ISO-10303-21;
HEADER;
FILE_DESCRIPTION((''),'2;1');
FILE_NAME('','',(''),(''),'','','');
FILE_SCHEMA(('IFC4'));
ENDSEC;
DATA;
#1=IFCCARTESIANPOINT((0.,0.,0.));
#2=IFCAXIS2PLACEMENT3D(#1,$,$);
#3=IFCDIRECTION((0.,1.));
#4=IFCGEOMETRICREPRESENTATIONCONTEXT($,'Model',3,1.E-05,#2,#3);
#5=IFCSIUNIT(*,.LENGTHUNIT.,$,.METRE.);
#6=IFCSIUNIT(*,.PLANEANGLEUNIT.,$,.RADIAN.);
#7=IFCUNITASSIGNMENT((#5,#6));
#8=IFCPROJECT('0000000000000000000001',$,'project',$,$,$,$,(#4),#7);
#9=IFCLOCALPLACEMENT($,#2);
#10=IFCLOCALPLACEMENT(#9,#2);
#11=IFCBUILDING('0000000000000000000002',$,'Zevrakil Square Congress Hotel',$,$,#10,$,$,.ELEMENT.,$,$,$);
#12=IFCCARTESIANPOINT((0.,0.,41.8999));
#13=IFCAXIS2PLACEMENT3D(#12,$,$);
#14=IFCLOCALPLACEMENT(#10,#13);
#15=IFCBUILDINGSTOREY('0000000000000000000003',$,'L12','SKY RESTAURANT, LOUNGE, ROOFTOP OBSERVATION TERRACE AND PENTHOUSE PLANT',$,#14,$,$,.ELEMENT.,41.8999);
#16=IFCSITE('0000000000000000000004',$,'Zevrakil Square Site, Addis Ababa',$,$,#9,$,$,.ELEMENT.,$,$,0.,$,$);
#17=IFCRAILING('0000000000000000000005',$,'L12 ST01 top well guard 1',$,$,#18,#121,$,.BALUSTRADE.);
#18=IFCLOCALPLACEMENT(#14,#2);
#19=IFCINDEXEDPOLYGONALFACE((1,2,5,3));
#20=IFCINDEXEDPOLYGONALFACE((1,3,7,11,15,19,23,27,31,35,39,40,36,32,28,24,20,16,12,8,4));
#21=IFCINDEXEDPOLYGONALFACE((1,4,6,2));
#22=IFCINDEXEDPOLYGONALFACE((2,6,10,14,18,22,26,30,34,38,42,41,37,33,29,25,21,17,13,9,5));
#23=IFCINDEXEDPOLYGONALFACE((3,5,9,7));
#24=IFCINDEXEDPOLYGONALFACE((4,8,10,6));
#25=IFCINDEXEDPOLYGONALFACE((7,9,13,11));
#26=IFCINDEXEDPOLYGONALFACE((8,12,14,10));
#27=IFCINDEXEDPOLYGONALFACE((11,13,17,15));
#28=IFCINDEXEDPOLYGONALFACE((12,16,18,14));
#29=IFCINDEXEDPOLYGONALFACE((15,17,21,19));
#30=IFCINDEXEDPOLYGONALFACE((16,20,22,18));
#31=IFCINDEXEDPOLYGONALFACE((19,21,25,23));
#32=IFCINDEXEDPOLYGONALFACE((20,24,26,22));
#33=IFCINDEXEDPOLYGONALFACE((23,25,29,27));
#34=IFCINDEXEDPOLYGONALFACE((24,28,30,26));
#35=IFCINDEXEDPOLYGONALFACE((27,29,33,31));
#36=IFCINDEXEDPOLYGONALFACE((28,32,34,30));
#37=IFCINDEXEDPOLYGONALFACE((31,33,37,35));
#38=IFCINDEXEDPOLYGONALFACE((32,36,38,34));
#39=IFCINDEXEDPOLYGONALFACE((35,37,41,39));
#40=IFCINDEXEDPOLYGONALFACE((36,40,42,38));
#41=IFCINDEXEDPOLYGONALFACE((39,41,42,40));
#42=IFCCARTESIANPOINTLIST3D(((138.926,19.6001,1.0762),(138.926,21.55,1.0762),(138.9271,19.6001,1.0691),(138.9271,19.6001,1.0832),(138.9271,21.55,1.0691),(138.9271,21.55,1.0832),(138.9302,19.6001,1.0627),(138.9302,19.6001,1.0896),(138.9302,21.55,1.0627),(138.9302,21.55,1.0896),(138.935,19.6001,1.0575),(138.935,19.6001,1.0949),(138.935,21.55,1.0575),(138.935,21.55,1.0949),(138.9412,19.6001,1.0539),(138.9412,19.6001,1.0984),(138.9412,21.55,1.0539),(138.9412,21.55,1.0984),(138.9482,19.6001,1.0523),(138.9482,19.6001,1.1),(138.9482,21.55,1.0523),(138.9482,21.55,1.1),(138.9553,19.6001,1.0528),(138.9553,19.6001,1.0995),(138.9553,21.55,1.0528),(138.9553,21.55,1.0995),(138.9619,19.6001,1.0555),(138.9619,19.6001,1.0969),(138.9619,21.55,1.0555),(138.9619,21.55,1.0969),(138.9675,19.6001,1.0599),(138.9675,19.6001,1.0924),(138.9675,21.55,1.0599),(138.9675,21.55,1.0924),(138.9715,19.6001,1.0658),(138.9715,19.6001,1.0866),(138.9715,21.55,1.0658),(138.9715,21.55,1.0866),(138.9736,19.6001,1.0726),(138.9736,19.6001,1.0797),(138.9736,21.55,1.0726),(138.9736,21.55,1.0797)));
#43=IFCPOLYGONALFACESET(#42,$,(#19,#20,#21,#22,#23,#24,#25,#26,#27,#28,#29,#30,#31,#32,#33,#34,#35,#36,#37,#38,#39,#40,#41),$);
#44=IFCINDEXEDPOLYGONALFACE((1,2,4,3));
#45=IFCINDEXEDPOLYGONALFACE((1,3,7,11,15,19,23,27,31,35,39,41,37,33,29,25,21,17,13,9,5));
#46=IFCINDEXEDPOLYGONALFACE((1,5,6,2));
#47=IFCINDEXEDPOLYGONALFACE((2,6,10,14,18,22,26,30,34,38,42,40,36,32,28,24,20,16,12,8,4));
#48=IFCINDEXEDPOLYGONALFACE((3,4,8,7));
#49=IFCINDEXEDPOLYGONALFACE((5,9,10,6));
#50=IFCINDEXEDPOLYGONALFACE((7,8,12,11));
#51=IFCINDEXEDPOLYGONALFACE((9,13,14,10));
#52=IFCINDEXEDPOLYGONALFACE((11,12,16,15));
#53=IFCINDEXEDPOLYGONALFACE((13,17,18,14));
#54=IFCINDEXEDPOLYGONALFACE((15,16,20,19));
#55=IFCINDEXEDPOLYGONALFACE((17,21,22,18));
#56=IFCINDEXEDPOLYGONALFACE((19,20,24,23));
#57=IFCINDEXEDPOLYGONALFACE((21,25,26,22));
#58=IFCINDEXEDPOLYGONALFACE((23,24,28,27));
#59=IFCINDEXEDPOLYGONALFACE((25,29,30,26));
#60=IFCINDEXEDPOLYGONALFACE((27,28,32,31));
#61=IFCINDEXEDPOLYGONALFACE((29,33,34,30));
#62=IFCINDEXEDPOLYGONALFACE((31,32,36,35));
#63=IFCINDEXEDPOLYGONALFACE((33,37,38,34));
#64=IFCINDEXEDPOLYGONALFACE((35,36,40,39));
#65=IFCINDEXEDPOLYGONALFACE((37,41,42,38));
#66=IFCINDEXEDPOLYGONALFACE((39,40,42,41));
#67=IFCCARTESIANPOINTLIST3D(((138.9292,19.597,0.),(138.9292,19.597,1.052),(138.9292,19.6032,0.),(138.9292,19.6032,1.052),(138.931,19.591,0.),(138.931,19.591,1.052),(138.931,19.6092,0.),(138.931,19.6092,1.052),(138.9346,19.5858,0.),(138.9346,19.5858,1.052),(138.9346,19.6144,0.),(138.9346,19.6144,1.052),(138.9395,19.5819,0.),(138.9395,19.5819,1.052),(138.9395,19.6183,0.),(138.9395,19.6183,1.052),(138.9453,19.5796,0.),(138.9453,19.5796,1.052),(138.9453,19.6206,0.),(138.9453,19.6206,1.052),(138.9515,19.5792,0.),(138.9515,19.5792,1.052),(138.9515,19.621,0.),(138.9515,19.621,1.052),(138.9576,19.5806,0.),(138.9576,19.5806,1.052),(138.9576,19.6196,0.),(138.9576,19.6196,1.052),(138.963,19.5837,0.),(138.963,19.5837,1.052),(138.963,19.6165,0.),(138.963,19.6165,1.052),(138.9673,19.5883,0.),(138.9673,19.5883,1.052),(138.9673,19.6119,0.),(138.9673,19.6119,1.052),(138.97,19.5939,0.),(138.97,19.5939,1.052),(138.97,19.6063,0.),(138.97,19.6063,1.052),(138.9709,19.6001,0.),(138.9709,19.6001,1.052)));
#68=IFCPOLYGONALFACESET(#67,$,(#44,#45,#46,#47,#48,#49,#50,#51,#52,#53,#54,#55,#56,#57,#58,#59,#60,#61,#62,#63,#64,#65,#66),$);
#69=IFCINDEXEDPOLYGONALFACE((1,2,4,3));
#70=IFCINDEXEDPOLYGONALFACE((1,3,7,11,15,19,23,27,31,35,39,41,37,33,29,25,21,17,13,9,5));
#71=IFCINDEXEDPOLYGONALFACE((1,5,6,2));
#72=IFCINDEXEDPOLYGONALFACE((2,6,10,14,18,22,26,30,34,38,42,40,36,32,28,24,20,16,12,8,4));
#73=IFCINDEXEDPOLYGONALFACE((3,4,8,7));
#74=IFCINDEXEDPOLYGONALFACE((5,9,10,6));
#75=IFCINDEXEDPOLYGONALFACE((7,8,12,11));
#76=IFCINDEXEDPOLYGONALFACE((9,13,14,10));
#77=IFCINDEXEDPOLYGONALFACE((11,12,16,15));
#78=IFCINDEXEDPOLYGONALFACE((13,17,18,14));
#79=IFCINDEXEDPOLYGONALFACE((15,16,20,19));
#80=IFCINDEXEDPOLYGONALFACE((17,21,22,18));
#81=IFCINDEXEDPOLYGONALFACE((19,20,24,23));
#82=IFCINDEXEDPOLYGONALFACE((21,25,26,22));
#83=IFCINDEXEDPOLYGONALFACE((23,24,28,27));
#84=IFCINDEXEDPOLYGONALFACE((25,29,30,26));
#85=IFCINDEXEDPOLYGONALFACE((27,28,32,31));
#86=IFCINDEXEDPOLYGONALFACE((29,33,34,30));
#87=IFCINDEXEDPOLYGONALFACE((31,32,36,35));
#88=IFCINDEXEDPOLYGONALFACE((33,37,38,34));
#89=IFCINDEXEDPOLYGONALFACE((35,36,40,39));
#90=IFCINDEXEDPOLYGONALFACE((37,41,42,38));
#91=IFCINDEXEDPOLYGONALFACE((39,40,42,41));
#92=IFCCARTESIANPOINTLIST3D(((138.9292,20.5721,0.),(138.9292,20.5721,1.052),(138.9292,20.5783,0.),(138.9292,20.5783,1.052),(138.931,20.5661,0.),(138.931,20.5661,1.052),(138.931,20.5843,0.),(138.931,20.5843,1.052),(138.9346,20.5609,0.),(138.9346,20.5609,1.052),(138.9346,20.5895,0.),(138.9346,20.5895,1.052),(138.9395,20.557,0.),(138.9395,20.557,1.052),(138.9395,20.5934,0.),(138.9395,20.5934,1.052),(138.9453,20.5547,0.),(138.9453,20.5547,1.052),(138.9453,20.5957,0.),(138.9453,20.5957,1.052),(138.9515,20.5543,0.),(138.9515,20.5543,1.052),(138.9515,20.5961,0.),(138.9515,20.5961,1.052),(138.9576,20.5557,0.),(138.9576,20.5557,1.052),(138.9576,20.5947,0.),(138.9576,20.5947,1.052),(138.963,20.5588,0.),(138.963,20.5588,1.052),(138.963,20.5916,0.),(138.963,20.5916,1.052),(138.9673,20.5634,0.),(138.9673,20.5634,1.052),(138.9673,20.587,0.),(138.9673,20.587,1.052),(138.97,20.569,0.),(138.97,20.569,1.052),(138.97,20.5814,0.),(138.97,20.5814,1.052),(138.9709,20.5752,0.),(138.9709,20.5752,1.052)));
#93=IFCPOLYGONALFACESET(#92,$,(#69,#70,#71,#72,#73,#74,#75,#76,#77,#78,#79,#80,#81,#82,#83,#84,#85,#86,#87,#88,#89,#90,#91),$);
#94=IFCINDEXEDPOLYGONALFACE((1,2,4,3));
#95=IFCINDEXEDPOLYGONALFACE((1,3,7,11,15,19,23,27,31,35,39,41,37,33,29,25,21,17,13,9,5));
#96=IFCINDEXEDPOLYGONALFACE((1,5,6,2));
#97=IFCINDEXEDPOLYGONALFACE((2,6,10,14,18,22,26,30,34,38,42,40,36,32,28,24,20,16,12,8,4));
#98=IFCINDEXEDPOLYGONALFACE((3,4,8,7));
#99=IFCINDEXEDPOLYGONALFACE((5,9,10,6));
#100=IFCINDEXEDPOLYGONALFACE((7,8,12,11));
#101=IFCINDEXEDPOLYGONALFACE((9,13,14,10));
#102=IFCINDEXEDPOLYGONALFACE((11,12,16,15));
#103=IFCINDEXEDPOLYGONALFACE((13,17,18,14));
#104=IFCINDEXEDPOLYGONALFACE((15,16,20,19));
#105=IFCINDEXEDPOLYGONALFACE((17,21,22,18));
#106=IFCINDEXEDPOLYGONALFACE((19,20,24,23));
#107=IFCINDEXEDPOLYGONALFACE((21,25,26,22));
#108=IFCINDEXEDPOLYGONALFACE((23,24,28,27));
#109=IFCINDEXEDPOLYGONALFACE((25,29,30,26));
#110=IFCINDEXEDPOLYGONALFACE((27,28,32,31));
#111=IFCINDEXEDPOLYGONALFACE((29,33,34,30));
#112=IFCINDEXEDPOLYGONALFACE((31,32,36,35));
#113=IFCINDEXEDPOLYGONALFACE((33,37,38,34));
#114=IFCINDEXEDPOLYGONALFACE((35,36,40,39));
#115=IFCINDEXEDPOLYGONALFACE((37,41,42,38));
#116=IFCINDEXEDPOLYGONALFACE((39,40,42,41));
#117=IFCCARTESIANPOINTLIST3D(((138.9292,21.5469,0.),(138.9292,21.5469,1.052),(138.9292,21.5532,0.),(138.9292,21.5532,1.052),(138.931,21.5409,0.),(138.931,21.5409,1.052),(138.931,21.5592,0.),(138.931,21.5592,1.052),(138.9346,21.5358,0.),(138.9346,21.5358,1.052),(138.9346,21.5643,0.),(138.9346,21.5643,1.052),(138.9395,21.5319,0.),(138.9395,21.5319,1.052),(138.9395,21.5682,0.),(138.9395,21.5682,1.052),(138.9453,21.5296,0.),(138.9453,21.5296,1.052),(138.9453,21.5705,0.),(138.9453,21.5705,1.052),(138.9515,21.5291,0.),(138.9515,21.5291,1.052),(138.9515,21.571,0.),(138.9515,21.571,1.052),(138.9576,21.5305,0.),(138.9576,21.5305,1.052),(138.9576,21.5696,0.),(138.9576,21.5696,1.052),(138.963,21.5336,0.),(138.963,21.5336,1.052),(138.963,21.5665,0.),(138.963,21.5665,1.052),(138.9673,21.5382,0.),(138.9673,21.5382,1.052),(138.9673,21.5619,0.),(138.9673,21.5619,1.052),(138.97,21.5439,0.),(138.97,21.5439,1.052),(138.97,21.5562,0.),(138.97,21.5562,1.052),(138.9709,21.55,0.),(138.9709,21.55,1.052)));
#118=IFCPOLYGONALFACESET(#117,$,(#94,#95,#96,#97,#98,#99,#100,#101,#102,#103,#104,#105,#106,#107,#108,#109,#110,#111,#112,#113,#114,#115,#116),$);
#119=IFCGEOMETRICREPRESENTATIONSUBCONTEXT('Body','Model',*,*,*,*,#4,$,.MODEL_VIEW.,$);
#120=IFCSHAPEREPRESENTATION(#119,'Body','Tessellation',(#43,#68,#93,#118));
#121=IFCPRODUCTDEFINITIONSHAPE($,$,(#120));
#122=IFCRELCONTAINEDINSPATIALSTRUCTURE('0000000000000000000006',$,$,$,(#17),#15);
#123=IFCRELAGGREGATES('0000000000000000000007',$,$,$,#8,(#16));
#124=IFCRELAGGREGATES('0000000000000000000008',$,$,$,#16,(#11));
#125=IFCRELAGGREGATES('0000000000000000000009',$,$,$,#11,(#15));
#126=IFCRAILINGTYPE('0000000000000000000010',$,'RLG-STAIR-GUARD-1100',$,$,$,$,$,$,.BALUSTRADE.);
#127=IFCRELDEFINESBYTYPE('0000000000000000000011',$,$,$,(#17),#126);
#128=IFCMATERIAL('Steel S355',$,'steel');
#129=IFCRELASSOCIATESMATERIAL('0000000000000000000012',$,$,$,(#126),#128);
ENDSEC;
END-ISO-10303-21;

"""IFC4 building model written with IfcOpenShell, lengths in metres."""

from ifc_helpers import new_model, si_unit, direction, frame, origin, origin_2d, place, context, subcontext, project, spatial, circle, extrude, material, type_object, element, save


model = new_model("IFC4")

# Units and contexts
model_context = context("Model", 3, precision=1e-05, world=origin(), true_north=direction((0.0, 1.0)))
body_context = subcontext(model_context, "Body", "Model", "MODEL_VIEW")
ifc_project = project(units=[si_unit("LENGTHUNIT", "METRE"), si_unit("PLANEANGLEUNIT", "RADIAN")], contexts=[model_context])

# Site, building, storey
site_placement = place(None, origin())
site = spatial("IfcSite", under=ifc_project, at=site_placement, Name="Zevrakil Square Site, Addis Ababa", CompositionType="ELEMENT", RefElevation=0.0)
building_placement = place(site_placement, origin())
building = spatial("IfcBuilding", under=site, at=building_placement, Name="Zevrakil Square Congress Hotel", CompositionType="ELEMENT")
storey_placement = place(building_placement, frame((0.0, 0.0, 41.8999)))
storey = spatial("IfcBuildingStorey", under=building, at=storey_placement, Name="L12", Description="SKY RESTAURANT, LOUNGE, ROOFTOP OBSERVATION TERRACE AND PENTHOUSE PLANT", CompositionType="ELEMENT", Elevation=41.8999)

# Railing
ifc_material_1 = material(Name="Steel S355", Category="steel")
railing_type = type_object("IfcRailingType", Name="RLG-STAIR-GUARD-1100", PredefinedType="BALUSTRADE", material=ifc_material_1)
railing_placement = place(storey_placement, frame((138.95, 19.6001, 0.0)))
element("IfcRailing", 1, at=railing_placement, inside=storey, type_object=railing_type, Name="L12 ST01 top well guard 1", PredefinedType="BALUSTRADE", context=body_context, shape_type="SweptSolid", body=[
    extrude(circle(Radius=0.0239, at=origin_2d()), frame((0.0, 0.0, 1.0762), z_axis=(0.0, 1.0, 0.0), x_axis=(-1.0, 0.0, 0.0)), (0.0, 0.0, 1.0), 1.95),
    extrude(circle(Radius=0.021, at=origin_2d()), origin(), (0.0, 0.0, 1.0), 1.052),
    extrude(circle(Radius=0.021, at=origin_2d()), frame((0.0, 0.9751, 0.0)), (0.0, 0.0, 1.0), 1.052),
    extrude(circle(Radius=0.021, at=origin_2d()), frame((0.0, 1.95, 0.0)), (0.0, 0.0, 1.0), 1.052),
])

save(model, "model.ifc")
